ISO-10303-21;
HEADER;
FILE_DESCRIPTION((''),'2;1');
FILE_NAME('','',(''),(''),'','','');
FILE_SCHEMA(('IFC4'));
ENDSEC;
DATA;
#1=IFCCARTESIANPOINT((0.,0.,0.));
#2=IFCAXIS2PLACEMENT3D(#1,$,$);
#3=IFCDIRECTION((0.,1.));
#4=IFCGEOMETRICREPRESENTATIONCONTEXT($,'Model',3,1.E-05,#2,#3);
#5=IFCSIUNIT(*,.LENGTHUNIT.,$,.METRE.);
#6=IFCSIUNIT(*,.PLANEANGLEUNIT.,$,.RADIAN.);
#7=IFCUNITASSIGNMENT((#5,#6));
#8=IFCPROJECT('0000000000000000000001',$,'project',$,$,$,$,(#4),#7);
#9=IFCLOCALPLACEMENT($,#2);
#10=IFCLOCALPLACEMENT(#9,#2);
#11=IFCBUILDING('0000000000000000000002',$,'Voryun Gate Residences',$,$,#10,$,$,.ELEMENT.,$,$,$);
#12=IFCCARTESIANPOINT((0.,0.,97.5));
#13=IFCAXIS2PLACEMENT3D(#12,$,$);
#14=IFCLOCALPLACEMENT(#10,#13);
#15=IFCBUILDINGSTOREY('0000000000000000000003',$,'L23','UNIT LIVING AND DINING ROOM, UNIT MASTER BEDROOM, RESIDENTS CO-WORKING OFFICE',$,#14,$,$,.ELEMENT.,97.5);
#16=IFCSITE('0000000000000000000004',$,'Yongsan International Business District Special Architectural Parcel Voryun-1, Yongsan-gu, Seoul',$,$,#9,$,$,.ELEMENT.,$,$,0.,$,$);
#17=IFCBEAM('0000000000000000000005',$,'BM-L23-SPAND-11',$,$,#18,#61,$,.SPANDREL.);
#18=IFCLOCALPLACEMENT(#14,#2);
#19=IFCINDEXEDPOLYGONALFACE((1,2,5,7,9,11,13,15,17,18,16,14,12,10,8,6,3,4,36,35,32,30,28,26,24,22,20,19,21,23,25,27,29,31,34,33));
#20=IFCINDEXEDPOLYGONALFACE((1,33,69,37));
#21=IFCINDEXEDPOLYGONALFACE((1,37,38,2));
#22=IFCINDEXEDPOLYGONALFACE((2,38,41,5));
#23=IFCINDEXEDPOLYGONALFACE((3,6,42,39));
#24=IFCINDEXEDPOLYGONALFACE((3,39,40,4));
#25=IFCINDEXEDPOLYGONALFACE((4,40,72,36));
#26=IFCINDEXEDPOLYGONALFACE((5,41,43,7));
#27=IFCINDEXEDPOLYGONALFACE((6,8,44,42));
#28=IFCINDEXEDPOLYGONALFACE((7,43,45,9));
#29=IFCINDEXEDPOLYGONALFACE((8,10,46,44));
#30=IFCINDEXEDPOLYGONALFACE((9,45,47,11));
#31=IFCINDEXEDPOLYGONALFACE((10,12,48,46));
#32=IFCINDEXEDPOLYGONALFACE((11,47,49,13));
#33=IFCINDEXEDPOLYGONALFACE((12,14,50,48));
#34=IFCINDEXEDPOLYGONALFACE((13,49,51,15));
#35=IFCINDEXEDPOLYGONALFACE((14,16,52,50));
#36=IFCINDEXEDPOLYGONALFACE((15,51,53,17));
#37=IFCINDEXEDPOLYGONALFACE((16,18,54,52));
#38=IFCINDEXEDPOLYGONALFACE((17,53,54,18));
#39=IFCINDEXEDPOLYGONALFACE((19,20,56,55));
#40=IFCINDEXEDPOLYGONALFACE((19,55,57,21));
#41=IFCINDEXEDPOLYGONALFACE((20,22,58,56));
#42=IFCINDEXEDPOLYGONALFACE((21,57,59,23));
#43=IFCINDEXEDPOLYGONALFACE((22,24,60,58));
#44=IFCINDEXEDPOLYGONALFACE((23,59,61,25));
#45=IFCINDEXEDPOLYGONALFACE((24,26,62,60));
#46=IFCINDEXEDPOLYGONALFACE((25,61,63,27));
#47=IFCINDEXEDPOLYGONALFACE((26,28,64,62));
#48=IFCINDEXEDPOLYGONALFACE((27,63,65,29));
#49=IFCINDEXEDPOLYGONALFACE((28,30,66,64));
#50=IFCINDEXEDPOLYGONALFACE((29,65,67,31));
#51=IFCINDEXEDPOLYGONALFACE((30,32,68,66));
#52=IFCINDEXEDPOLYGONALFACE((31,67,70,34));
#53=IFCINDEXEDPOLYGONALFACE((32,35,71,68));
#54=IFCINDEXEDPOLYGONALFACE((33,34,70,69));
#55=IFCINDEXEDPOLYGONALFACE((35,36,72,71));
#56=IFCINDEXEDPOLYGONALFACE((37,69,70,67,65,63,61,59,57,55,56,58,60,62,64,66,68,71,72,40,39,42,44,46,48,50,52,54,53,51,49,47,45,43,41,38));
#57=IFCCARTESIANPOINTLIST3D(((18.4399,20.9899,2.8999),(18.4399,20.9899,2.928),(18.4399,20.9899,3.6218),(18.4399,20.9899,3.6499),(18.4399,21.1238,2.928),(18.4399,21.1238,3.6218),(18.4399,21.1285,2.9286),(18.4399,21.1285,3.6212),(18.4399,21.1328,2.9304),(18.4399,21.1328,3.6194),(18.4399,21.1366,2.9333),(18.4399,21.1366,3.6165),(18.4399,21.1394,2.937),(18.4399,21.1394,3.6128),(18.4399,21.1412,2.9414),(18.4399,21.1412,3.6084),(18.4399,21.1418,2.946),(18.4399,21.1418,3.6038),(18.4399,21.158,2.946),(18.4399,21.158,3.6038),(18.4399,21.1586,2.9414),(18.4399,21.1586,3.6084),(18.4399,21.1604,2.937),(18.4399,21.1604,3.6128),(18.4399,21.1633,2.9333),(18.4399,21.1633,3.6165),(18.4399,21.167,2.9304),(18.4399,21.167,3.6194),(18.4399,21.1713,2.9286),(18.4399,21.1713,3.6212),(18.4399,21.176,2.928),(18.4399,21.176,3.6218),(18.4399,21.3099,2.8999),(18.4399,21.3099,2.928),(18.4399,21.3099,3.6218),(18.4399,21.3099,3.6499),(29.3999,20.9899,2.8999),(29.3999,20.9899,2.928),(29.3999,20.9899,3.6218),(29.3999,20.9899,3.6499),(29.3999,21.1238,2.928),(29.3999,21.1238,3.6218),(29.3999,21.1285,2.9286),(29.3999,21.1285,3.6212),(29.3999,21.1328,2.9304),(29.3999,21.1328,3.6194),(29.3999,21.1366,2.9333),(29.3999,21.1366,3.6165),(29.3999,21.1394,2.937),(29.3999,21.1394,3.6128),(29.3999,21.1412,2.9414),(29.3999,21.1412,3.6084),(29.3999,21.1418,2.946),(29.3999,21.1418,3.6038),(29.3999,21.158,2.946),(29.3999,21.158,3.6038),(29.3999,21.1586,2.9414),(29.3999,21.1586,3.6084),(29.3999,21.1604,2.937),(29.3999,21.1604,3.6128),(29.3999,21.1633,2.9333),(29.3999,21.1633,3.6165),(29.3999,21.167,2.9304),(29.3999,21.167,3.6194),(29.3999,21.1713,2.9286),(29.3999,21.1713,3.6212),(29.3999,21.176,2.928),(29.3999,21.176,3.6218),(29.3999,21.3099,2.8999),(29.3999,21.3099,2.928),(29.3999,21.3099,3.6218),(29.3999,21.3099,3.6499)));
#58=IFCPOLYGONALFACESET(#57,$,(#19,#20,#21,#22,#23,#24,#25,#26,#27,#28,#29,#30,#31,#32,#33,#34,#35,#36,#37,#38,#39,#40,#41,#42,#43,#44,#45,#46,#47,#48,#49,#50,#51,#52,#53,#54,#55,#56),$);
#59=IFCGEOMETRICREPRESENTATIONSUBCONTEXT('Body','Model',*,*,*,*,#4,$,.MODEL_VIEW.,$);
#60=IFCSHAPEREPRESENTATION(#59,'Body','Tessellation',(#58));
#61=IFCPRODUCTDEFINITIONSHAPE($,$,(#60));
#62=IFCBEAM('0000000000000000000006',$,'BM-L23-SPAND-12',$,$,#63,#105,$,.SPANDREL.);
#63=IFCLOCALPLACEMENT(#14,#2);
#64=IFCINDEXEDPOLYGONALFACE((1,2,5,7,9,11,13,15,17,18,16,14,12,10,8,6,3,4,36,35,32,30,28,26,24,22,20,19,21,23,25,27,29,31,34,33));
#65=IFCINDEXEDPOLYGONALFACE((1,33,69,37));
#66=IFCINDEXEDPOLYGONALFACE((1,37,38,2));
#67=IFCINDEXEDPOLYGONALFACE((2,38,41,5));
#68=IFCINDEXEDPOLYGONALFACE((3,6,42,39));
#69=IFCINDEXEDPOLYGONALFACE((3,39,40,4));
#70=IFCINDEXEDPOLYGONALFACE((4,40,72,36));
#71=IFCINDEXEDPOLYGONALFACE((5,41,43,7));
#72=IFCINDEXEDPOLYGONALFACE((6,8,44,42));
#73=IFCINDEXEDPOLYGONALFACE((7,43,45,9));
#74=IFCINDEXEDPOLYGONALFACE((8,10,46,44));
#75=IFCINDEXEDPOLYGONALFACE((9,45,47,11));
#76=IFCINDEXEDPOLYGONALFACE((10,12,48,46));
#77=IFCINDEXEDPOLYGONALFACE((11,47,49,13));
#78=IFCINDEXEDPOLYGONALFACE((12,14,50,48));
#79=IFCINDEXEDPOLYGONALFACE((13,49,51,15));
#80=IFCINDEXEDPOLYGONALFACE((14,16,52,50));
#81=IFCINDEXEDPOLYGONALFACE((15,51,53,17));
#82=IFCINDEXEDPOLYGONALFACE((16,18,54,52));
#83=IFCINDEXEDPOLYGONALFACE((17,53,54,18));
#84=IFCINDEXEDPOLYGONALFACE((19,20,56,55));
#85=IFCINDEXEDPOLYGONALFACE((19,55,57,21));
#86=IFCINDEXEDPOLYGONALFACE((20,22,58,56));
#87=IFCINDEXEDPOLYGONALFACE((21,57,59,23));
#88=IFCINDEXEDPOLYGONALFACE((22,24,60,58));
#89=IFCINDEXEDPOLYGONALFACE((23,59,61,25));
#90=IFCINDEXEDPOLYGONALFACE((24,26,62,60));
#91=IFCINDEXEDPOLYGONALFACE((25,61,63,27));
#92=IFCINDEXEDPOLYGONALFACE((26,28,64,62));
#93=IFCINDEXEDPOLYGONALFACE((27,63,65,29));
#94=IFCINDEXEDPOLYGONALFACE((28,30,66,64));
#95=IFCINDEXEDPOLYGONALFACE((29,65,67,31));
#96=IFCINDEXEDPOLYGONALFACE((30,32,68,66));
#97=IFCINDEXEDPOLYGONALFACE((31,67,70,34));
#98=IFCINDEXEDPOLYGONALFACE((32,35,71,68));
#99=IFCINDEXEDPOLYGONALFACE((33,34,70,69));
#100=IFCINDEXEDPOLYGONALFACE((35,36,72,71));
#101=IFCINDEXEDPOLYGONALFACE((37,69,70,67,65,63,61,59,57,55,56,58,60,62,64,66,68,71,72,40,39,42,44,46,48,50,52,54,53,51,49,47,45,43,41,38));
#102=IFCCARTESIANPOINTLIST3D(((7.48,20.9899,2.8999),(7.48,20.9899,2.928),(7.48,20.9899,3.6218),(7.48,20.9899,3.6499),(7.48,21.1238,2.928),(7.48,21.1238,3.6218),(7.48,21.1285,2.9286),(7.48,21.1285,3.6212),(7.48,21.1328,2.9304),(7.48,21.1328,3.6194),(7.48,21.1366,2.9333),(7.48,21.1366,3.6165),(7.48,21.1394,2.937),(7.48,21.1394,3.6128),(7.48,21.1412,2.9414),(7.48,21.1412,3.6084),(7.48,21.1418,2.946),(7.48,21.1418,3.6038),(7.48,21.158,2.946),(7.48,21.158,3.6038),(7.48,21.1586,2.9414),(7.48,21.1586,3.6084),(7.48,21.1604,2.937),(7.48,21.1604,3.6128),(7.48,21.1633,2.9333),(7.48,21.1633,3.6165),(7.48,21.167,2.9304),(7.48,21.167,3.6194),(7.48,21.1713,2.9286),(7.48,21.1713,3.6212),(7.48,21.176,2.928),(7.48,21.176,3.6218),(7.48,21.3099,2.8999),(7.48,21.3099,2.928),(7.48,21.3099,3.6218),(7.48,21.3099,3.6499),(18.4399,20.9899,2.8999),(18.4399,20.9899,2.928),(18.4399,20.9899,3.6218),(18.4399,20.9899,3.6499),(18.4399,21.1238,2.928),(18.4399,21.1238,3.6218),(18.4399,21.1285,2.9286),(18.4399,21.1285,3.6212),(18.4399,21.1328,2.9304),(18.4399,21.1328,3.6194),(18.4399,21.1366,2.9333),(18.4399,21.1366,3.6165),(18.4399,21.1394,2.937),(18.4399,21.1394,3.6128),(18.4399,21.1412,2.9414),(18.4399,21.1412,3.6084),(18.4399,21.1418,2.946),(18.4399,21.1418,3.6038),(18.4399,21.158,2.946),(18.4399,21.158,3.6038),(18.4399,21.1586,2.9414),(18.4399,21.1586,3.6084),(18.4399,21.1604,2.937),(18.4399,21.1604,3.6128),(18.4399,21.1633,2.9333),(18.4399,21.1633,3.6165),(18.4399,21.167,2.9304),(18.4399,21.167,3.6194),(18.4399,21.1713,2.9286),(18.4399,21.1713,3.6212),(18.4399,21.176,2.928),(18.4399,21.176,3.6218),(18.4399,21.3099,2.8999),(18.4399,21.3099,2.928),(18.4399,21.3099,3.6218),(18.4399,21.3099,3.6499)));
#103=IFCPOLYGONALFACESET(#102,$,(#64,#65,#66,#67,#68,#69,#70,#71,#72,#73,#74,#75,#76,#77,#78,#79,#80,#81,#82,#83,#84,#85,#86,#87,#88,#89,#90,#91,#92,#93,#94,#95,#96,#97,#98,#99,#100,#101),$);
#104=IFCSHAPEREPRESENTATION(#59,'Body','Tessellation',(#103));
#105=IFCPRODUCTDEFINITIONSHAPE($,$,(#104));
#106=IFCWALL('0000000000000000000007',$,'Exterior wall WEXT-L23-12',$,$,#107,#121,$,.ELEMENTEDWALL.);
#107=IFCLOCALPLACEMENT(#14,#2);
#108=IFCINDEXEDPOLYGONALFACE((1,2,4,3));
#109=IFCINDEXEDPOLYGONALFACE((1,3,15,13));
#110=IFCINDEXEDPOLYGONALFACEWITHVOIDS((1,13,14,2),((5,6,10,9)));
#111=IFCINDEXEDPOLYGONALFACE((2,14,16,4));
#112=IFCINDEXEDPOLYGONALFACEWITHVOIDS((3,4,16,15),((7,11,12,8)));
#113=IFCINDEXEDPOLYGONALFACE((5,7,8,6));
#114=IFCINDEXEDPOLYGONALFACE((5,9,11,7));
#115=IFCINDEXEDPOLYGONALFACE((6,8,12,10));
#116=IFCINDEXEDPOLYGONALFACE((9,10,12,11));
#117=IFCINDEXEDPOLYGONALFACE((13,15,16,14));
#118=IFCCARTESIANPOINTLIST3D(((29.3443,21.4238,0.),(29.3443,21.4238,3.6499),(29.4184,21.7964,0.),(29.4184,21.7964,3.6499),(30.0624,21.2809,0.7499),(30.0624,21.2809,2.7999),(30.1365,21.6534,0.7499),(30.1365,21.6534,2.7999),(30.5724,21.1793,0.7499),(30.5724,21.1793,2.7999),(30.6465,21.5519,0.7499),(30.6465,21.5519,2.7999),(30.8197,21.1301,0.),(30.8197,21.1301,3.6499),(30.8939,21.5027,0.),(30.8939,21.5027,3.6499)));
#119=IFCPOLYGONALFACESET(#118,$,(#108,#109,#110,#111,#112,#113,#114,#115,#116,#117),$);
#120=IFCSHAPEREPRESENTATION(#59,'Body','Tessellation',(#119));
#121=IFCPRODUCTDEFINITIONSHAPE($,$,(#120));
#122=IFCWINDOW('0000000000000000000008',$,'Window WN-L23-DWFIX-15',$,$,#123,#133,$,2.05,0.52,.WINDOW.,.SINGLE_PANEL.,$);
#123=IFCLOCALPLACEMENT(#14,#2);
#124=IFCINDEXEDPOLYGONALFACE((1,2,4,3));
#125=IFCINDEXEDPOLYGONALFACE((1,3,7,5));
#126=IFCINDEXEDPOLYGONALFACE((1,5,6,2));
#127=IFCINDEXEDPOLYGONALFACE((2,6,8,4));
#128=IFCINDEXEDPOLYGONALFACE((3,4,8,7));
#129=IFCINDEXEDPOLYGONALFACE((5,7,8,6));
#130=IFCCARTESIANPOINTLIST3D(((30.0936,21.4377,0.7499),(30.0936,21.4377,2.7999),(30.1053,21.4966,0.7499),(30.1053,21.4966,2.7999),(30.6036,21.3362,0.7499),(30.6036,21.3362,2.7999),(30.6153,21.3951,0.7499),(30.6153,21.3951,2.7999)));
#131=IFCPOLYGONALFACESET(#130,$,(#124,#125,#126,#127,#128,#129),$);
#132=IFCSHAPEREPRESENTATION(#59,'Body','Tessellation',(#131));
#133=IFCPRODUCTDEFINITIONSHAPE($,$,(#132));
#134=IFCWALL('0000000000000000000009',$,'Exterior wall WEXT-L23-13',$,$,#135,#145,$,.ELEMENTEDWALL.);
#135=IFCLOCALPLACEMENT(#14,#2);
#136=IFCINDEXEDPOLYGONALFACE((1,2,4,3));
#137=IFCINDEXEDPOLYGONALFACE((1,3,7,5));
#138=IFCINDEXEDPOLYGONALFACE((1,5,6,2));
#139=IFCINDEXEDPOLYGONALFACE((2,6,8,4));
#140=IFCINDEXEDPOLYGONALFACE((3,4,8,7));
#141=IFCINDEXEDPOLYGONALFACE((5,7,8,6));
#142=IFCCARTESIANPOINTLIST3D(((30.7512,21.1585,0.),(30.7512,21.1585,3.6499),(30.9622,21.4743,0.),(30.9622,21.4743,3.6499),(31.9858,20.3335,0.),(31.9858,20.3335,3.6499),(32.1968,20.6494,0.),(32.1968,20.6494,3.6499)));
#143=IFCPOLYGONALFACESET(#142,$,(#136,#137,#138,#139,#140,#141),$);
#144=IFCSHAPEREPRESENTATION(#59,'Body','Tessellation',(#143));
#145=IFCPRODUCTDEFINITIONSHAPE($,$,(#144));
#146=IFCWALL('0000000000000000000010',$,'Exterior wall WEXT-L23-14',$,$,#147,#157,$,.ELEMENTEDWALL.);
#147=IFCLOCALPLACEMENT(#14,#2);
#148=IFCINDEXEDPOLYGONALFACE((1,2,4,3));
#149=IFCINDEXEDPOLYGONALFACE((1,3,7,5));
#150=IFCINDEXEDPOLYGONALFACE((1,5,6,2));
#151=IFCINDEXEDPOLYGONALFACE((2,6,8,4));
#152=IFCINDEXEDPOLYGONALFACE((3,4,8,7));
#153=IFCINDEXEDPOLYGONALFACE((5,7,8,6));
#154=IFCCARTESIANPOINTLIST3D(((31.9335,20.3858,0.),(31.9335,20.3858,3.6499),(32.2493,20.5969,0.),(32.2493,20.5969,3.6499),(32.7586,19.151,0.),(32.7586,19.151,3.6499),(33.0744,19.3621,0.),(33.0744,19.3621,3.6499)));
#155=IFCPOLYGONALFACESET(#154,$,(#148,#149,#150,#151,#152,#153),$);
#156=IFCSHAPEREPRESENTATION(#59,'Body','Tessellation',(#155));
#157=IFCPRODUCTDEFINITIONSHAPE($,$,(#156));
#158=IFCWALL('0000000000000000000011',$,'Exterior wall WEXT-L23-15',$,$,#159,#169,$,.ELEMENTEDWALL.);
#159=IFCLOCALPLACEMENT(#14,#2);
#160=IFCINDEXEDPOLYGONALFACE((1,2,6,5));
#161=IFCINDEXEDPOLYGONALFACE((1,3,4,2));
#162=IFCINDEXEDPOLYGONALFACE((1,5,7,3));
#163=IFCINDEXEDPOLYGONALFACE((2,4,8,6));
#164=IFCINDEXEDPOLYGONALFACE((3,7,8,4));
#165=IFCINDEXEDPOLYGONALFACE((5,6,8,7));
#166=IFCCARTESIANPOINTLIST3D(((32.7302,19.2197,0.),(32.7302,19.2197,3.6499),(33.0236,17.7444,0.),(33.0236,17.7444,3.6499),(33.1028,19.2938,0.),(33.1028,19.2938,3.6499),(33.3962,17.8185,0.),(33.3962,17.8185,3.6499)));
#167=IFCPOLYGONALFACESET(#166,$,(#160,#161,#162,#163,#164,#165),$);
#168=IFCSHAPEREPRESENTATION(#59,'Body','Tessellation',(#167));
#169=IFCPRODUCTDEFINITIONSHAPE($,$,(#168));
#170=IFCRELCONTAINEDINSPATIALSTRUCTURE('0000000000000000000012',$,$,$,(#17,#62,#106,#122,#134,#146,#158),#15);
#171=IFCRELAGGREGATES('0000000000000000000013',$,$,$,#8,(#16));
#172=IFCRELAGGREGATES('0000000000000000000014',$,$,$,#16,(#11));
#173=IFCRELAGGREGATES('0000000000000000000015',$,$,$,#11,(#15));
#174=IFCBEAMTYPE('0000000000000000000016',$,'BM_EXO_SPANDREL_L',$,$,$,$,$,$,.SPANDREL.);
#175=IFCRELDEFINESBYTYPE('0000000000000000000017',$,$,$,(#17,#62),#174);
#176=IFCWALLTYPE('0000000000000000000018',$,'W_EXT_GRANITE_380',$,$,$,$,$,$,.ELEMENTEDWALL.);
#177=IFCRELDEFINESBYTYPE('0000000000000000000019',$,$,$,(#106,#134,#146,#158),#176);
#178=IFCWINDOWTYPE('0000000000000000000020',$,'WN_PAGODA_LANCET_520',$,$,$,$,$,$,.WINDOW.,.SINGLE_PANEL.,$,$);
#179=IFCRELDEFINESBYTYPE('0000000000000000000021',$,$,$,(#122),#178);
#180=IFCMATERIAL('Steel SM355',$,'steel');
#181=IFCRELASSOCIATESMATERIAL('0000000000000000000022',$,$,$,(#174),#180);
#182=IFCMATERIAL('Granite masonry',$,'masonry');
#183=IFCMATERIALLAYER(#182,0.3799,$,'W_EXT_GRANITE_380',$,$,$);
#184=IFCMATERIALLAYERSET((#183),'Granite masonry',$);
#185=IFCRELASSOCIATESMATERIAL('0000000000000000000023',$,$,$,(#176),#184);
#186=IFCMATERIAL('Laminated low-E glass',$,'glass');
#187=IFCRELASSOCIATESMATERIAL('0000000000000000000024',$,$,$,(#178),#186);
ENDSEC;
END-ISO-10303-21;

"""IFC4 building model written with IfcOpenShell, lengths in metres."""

from ifc_helpers import new_model, si_unit, direction, frame, frame_2d, origin, origin_2d, place, context, subcontext, project, spatial, rectangle, i_section, extrude, material, layer, layer_set, material_profile, profile_set, type_object, element, fill, save


model = new_model("IFC4")

# Units and contexts
model_context = context("Model", 3, precision=1e-05, world=origin(), true_north=direction((0.0, 1.0)))
body_context = subcontext(model_context, "Body", "Model", "MODEL_VIEW")
ifc_project = project(units=[si_unit("LENGTHUNIT", "METRE"), si_unit("PLANEANGLEUNIT", "RADIAN")], contexts=[model_context])

# Site, building, storey
site_placement = place(None, origin())
site = spatial("IfcSite", under=ifc_project, at=site_placement, Name="Yongsan International Business District Special Architectural Parcel Voryun-1, Yongsan-gu, Seoul", CompositionType="ELEMENT", RefElevation=0.0)
building_placement = place(site_placement, origin())
building = spatial("IfcBuilding", under=site, at=building_placement, Name="Voryun Gate Residences", CompositionType="ELEMENT")
storey_placement = place(building_placement, frame((0.0, 0.0, 97.5)))
storey = spatial("IfcBuildingStorey", under=building, at=storey_placement, Name="L23", Description="UNIT LIVING AND DINING ROOM, UNIT MASTER BEDROOM, RESIDENTS CO-WORKING OFFICE", CompositionType="ELEMENT", Elevation=97.5)

# Beams
ifc_material_1 = material(Name="Steel SM355", Category="steel")
ifc_material_profile_1 = material_profile(ifc_material_1, i_section(OverallWidth=0.3201, OverallDepth=0.75, WebThickness=0.0161, FlangeThickness=0.0281, FilletRadius=0.0181, at=origin_2d()), Name="H-750x320x16x28")
ifc_profile_set_1 = profile_set([ifc_material_profile_1], Name="Steel SM355")
beam_type = type_object("IfcBeamType", Name="BM_EXO_SPANDREL_L", PredefinedType="SPANDREL", material=ifc_profile_set_1)
for number, where, z_axis, x_axis, name in (
    (1, (29.3999, 21.1499, 3.2749), (-1.0, 0.0, 0.0), (0.0, -1.0, 0.0), "BM-L23-SPAND-11"),
    (2, (18.4399, 21.1499, 3.2749), (-1.0, 0.0, 0.0), (0.0, -1.0, 0.0), "BM-L23-SPAND-12"),
):
    element("IfcBeam", number, at=place(storey_placement, frame(where, z_axis=z_axis, x_axis=x_axis)), inside=storey, type_object=beam_type, Name=name, PredefinedType="SPANDREL", context=body_context, shape_type="SweptSolid", body=[
        extrude(i_section(OverallWidth=0.3201, OverallDepth=0.75, WebThickness=0.0161, FlangeThickness=0.0281, FilletRadius=0.0181, at=origin_2d()), origin(), (0.0, 0.0, 1.0), 10.96),
    ])

# Wall, opening, window
ifc_material_2 = material(Name="Granite masonry", Category="masonry")
ifc_layer_1 = layer(ifc_material_2, 0.3799, Name="W_EXT_GRANITE_380")
ifc_layer_set_1 = layer_set([ifc_layer_1], Name="Granite masonry")
wall_type_1 = type_object("IfcWallType", Name="W_EXT_GRANITE_380", PredefinedType="ELEMENTEDWALL", material=ifc_layer_set_1)
wall_1_placement = place(storey_placement, frame((29.3813, 21.6101, 0.0), z_axis=(0.0, 0.0, 1.0), x_axis=(0.980755, -0.195242, 0.0)))
wall_1 = element("IfcWall", 3, at=wall_1_placement, inside=storey, type_object=wall_type_1, Name="Exterior wall WEXT-L23-12", PredefinedType="ELEMENTEDWALL", context=body_context, shape_type="SweptSolid", body=[
    extrude(rectangle(XDim=1.5044, YDim=0.3799, at=frame_2d((0.7522, 0.0))), origin(), (0.0, 0.0, 1.0), 3.6499),
])
opening_1_placement = place(wall_1_placement, frame((0.7322, 0.0, 0.75)))
opening_1 = element("IfcOpeningElement", 4, at=opening_1_placement, cuts=wall_1, PredefinedType="OPENING", context=body_context, shape_type="SweptSolid", body=[
    extrude(rectangle(XDim=0.52, YDim=2.05, at=frame_2d((0.26, 1.0249))), frame((0.0, 0.2, 0.0), z_axis=(0.0, -1.0, 0.0), x_axis=(1.0, 0.0, 0.0)), (0.0, 0.0, 1.0), 0.3999),
])
ifc_material_3 = material(Name="Laminated low-E glass", Category="glass")
window_type_1 = type_object("IfcWindowType", Name="WN_PAGODA_LANCET_520", PartitioningType="SINGLE_PANEL", PredefinedType="WINDOW", material=ifc_material_3)
window_1_placement = place(opening_1_placement, origin())
window_1 = element("IfcWindow", 5, at=window_1_placement, inside=storey, type_object=window_type_1, Name="Window WN-L23-DWFIX-15", OverallHeight=2.05, OverallWidth=0.52, PartitioningType="SINGLE_PANEL", PredefinedType="WINDOW", context=body_context, shape_type="SweptSolid", body=[
    extrude(rectangle(XDim=0.52, YDim=2.05, at=frame_2d((0.26, 1.0249))), frame((0.0, 0.03, 0.0), z_axis=(0.0, -1.0, 0.0), x_axis=(1.0, 0.0, 0.0)), (0.0, 0.0, 1.0), 0.0601),
])
fill(opening_1, window_1)

# Walls
wall_2_placement = place(storey_placement, frame((30.8567, 21.3164, 0.0), z_axis=(0.0, 0.0, 1.0), x_axis=(0.831468, -0.555573, 0.0)))
element("IfcWall", 6, at=wall_2_placement, inside=storey, type_object=wall_type_1, Name="Exterior wall WEXT-L23-13", PredefinedType="ELEMENTEDWALL", context=body_context, shape_type="SweptSolid", body=[
    extrude(rectangle(XDim=1.4849, YDim=0.3799, at=frame_2d((0.7424, 0.0))), origin(), (0.0, 0.0, 1.0), 3.6499),
])
wall_3_placement = place(storey_placement, frame((32.0913, 20.4915, 0.0), z_axis=(0.0, 0.0, 1.0), x_axis=(0.55561, -0.831443, 0.0)))
element("IfcWall", 7, at=wall_3_placement, inside=storey, type_object=wall_type_1, Name="Exterior wall WEXT-L23-14", PredefinedType="ELEMENTEDWALL", context=body_context, shape_type="SweptSolid", body=[
    extrude(rectangle(XDim=1.4851, YDim=0.3799, at=frame_2d((0.7427, 0.0))), origin(), (0.0, 0.0, 1.0), 3.6499),
])
wall_4_placement = place(storey_placement, frame((32.9165, 19.2566, 0.0), z_axis=(0.0, 0.0, 1.0), x_axis=(0.195086, -0.980786, 0.0)))
element("IfcWall", 8, at=wall_4_placement, inside=storey, type_object=wall_type_1, Name="Exterior wall WEXT-L23-15", PredefinedType="ELEMENTEDWALL", context=body_context, shape_type="SweptSolid", body=[
    extrude(rectangle(XDim=1.5042, YDim=0.3799, at=frame_2d((0.752, 0.0))), origin(), (0.0, 0.0, 1.0), 3.6499),
])

save(model, "model.ifc")
